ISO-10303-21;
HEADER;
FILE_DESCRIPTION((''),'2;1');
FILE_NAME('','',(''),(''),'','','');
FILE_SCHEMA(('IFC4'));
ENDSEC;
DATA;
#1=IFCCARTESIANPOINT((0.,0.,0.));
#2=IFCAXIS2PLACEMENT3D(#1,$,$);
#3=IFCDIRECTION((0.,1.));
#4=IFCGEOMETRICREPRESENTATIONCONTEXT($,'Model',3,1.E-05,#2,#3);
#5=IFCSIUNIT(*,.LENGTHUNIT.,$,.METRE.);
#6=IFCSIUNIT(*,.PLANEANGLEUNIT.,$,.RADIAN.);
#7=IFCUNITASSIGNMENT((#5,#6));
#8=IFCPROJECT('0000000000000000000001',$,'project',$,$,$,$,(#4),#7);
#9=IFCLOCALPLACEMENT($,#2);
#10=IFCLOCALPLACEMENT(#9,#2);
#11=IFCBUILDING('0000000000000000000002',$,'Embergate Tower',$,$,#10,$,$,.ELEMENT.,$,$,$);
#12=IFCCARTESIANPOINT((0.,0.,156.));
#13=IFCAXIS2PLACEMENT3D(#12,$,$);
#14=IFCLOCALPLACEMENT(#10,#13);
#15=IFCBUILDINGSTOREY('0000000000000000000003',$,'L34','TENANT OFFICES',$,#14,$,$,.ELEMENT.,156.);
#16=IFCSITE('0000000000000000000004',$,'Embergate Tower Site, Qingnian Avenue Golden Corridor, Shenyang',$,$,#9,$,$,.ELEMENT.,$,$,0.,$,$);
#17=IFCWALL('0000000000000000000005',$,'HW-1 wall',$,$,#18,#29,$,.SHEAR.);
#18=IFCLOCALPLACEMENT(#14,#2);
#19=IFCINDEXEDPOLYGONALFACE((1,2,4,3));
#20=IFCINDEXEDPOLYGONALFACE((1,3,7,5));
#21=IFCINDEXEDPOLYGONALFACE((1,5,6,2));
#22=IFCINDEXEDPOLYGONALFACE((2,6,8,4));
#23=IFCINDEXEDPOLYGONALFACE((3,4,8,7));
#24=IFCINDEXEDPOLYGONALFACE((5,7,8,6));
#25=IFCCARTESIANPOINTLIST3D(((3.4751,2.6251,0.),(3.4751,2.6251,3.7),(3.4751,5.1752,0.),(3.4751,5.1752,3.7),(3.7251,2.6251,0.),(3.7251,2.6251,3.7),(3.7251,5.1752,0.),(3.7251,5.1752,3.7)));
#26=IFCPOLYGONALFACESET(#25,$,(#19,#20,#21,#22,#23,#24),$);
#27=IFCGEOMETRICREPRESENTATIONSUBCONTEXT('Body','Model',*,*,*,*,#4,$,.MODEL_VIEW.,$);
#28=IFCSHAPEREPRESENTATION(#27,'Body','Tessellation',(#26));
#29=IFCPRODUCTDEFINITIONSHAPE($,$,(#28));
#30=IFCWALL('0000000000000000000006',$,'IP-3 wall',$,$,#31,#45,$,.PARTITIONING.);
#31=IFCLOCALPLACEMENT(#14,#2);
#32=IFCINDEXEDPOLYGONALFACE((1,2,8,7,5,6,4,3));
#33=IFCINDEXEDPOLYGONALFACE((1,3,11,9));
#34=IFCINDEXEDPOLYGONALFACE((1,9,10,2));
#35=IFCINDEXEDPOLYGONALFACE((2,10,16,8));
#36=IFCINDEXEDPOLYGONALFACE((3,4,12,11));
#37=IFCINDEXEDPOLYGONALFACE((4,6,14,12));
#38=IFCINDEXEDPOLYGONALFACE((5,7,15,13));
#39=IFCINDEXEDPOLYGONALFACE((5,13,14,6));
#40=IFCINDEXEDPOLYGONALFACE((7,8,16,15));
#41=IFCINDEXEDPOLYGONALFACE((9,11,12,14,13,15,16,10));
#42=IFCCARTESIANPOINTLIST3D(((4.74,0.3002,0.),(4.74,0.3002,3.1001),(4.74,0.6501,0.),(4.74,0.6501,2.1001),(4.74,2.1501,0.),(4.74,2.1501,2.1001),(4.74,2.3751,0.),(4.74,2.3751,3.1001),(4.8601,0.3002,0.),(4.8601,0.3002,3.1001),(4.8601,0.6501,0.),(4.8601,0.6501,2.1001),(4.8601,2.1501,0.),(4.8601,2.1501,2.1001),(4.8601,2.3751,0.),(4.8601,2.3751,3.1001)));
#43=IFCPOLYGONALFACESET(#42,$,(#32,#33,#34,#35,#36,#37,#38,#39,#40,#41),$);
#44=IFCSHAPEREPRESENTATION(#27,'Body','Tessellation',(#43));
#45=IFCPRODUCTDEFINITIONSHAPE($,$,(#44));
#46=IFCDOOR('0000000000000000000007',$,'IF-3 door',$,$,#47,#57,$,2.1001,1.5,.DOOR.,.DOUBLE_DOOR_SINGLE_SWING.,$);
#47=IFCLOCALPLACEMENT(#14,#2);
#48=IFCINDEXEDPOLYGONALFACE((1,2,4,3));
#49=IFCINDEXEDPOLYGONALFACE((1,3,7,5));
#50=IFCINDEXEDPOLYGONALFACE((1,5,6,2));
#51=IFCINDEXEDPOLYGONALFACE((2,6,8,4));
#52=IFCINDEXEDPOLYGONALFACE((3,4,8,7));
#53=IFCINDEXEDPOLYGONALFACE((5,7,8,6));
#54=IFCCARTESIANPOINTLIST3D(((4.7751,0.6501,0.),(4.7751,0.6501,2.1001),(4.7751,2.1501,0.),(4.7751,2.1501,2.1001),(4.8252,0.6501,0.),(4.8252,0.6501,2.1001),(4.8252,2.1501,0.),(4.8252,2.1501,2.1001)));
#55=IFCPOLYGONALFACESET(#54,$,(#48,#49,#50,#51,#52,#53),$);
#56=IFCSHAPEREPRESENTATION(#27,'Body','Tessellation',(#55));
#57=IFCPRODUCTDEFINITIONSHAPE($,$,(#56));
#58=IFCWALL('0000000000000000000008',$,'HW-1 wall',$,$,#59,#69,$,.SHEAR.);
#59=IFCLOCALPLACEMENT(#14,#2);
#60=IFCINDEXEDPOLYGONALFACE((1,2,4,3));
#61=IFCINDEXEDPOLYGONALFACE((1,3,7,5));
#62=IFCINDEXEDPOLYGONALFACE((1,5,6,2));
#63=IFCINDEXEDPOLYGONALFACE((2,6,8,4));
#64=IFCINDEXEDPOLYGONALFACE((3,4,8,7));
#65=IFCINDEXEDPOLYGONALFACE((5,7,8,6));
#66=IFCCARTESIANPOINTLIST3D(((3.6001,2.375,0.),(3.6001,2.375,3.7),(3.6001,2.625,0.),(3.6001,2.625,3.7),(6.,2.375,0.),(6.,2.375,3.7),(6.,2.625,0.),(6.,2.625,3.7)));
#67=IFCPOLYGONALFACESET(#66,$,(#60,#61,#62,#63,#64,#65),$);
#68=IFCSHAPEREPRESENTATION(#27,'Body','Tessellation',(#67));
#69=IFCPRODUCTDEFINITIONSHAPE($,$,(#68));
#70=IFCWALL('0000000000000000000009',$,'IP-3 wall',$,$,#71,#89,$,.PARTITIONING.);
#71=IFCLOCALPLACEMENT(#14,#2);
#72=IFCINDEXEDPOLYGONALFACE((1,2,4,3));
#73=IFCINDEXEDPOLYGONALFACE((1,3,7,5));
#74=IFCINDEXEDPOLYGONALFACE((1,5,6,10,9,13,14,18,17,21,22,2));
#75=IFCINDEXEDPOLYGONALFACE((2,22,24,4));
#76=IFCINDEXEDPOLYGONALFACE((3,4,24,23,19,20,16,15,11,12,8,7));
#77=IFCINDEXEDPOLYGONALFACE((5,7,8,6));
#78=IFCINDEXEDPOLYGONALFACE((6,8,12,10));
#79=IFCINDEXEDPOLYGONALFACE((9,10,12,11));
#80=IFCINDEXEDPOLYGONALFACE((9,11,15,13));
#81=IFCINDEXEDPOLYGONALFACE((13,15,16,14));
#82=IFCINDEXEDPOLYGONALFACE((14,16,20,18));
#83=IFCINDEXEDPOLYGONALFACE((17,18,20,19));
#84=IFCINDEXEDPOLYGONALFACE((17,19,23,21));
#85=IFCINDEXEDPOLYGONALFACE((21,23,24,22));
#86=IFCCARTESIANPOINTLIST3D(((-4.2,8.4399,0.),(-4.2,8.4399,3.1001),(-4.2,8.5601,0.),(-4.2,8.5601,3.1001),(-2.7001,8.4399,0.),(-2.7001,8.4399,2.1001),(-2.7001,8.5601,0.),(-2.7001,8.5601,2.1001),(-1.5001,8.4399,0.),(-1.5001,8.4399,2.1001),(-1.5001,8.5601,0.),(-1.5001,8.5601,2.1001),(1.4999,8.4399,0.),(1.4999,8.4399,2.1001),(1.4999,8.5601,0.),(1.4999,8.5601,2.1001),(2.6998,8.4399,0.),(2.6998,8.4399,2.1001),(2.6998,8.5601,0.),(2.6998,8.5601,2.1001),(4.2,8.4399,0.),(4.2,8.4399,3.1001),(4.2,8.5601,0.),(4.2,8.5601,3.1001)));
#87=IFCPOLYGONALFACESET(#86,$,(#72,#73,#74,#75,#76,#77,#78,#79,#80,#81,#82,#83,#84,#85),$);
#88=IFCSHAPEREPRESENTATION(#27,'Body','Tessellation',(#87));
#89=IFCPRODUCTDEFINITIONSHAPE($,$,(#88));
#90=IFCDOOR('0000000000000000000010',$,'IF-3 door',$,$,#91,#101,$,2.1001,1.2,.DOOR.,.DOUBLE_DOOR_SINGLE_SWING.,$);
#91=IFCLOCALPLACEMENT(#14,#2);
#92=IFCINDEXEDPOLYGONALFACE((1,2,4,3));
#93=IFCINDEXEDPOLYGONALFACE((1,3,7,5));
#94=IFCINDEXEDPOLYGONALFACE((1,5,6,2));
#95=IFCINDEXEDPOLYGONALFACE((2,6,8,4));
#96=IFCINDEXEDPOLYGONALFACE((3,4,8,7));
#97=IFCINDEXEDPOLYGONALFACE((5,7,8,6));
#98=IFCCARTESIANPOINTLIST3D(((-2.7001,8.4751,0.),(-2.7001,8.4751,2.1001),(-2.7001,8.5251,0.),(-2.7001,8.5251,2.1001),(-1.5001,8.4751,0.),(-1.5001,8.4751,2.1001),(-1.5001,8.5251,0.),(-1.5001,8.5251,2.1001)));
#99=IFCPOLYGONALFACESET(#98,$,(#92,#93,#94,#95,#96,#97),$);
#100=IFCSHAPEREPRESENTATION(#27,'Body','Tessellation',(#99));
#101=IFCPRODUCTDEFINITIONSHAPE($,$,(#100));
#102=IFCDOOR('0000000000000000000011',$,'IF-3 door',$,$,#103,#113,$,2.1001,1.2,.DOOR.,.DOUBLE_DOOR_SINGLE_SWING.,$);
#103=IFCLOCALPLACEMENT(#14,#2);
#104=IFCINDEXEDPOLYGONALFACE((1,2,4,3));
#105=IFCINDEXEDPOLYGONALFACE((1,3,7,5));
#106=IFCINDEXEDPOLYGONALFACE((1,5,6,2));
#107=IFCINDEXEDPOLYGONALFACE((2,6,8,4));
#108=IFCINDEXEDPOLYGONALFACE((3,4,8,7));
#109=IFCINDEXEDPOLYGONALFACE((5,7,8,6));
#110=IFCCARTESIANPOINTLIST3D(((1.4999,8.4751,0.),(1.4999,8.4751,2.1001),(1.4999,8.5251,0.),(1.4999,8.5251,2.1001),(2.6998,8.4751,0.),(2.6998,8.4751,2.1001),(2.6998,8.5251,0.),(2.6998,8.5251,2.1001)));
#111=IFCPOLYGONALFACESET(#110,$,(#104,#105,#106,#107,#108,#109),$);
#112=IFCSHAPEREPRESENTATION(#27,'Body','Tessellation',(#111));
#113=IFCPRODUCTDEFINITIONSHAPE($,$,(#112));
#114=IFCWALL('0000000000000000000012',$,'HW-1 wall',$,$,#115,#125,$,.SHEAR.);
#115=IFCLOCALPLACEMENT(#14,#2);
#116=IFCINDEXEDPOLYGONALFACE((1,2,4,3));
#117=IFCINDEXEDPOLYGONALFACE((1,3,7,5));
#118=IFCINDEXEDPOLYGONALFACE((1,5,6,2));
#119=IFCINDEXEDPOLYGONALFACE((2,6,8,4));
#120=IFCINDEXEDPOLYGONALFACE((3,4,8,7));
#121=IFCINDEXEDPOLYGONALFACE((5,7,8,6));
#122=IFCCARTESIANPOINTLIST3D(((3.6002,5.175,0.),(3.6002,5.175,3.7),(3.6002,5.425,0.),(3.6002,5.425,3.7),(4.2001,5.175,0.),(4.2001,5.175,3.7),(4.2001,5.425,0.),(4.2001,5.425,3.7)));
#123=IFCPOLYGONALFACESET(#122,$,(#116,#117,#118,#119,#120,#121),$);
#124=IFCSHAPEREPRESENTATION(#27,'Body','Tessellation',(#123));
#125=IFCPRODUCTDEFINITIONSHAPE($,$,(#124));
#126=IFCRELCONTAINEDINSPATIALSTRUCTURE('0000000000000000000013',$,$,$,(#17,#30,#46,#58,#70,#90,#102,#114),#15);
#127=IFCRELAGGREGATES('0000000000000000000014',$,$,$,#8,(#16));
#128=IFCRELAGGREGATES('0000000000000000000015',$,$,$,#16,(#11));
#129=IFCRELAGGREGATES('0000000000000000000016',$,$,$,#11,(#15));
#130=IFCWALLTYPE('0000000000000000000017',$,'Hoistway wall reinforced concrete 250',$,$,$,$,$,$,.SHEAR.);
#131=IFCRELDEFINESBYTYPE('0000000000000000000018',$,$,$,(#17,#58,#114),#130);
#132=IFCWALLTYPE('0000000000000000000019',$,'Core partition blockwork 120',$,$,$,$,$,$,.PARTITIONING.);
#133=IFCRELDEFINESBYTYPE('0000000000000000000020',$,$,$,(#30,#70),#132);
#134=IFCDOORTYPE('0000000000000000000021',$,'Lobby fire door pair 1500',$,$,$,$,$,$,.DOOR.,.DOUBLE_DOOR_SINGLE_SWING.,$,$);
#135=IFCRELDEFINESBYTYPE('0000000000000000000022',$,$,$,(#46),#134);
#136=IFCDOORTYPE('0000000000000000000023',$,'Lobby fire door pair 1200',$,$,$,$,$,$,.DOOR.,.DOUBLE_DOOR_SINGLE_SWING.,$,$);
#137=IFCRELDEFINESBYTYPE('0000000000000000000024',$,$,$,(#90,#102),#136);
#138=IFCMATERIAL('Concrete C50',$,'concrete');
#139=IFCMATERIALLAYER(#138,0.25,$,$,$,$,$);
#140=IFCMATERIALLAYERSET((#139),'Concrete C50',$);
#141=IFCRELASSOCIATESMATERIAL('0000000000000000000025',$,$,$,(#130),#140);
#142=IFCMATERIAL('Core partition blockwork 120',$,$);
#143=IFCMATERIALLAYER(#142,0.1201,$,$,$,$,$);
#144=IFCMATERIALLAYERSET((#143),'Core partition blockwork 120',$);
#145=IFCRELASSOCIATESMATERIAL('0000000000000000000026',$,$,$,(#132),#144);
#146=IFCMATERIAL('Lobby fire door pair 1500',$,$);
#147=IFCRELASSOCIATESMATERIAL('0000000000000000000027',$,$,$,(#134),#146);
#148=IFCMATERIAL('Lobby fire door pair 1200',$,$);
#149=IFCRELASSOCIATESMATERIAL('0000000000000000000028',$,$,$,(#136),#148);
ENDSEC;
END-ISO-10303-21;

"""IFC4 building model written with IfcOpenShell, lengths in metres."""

from ifc_helpers import new_model, si_unit, direction, frame, frame_2d, origin, place, context, subcontext, project, spatial, rectangle, extrude, source, transform, mapped, material, layer, layer_set, type_object, element, fill, save


model = new_model("IFC4")

# Units and contexts
model_context = context("Model", 3, precision=1e-05, world=origin(), true_north=direction((0.0, 1.0)))
body_context = subcontext(model_context, "Body", "Model", "MODEL_VIEW")
ifc_project = project(units=[si_unit("LENGTHUNIT", "METRE"), si_unit("PLANEANGLEUNIT", "RADIAN")], contexts=[model_context])

# Site, building, storey
site_placement = place(None, origin())
site = spatial("IfcSite", under=ifc_project, at=site_placement, Name="Embergate Tower Site, Qingnian Avenue Golden Corridor, Shenyang", CompositionType="ELEMENT", RefElevation=0.0)
building_placement = place(site_placement, origin())
building = spatial("IfcBuilding", under=site, at=building_placement, Name="Embergate Tower", CompositionType="ELEMENT")
storey_placement = place(building_placement, frame((0.0, 0.0, 156.0)))
storey = spatial("IfcBuildingStorey", under=building, at=storey_placement, Name="L34", Description="TENANT OFFICES", CompositionType="ELEMENT", Elevation=156.0)

# Wall
ifc_material_1 = material(Name="Concrete C50", Category="concrete")
ifc_layer_1 = layer(ifc_material_1, 0.25)
ifc_layer_set_1 = layer_set([ifc_layer_1], Name="Concrete C50")
wall_type_1 = type_object("IfcWallType", Name="Hoistway wall reinforced concrete 250", PredefinedType="SHEAR", material=ifc_layer_set_1)
shared_shape_1 = source(origin(), body_context, "Body", "SweptSolid", [
    extrude(rectangle(XDim=2.55, YDim=0.25, at=frame_2d((1.2749, 0.0))), origin(), (0.0, 0.0, 1.0), 3.7),
])
wall_1_placement = place(storey_placement, frame((3.6001, 5.175, 0.0), z_axis=(0.0, 0.0, 1.0), x_axis=(0.0, -1.0, 0.0)))
element("IfcWall", 1, at=wall_1_placement, inside=storey, type_object=wall_type_1, Name="HW-1 wall", PredefinedType="SHEAR", context=body_context, shape_type="MappedRepresentation", body=[
    mapped(shared_shape_1, transform((0.0, 0.0, 0.0))),
])

# Wall, opening, door
ifc_material_2 = material(Name="Core partition blockwork 120")
ifc_layer_2 = layer(ifc_material_2, 0.1201)
ifc_layer_set_2 = layer_set([ifc_layer_2], Name="Core partition blockwork 120")
wall_type_2 = type_object("IfcWallType", Name="Core partition blockwork 120", PredefinedType="PARTITIONING", material=ifc_layer_set_2)
shared_shape_2 = source(origin(), body_context, "Body", "SweptSolid", [
    extrude(rectangle(XDim=2.075, YDim=0.1201, at=frame_2d((1.0376, 0.0))), origin(), (0.0, 0.0, 1.0), 3.1001),
])
wall_2_placement = place(storey_placement, frame((4.8, 0.3, 0.0), z_axis=(0.0, 0.0, 1.0), x_axis=(0.0, 1.0, 0.0)))
wall_2 = element("IfcWall", 2, at=wall_2_placement, inside=storey, type_object=wall_type_2, Name="IP-3 wall", PredefinedType="PARTITIONING", context=body_context, shape_type="MappedRepresentation", body=[
    mapped(shared_shape_2, transform((0.0, 0.0, 0.0))),
])
shared_shape_3 = source(origin(), body_context, "Body", "SweptSolid", [
    extrude(rectangle(XDim=1.5, YDim=2.1001, at=frame_2d((0.75, 1.05))), frame((0.0, 0.0701, 0.0), z_axis=(0.0, -1.0, 0.0), x_axis=(1.0, 0.0, 0.0)), (0.0, 0.0, 1.0), 0.1401),
])
opening_1_placement = place(wall_2_placement, frame((0.3501, 0.0, 0.0)))
opening_1 = element("IfcOpeningElement", 3, at=opening_1_placement, cuts=wall_2, PredefinedType="OPENING", context=body_context, shape_type="MappedRepresentation", body=[
    mapped(shared_shape_3, transform((0.0, 0.0, 0.0))),
])
ifc_material_3 = material(Name="Lobby fire door pair 1500")
door_type_1 = type_object("IfcDoorType", Name="Lobby fire door pair 1500", OperationType="DOUBLE_DOOR_SINGLE_SWING", PredefinedType="DOOR", material=ifc_material_3)
shared_shape_4 = source(origin(), body_context, "Body", "SweptSolid", [
    extrude(rectangle(XDim=1.5, YDim=2.1001, at=frame_2d((0.75, 1.05))), frame((0.0, 0.0249, 0.0), z_axis=(0.0, -1.0, 0.0), x_axis=(1.0, 0.0, 0.0)), (0.0, 0.0, 1.0), 0.05),
])
door_1_placement = place(opening_1_placement, origin())
door_1 = element("IfcDoor", 4, at=door_1_placement, inside=storey, type_object=door_type_1, Name="IF-3 door", OperationType="DOUBLE_DOOR_SINGLE_SWING", OverallHeight=2.1001, OverallWidth=1.5, PredefinedType="DOOR", context=body_context, shape_type="MappedRepresentation", body=[
    mapped(shared_shape_4, transform((0.0, 0.0, 0.0))),
])
fill(opening_1, door_1)

# Wall
shared_shape_5 = source(origin(), body_context, "Body", "SweptSolid", [
    extrude(rectangle(XDim=2.3999, YDim=0.25, at=frame_2d((1.2, 0.0))), origin(), (0.0, 0.0, 1.0), 3.7),
])
wall_3_placement = place(storey_placement, frame((3.6001, 2.5, 0.0), z_axis=(0.0, 0.0, 1.0), x_axis=(1.0, 0.0, 0.0)))
element("IfcWall", 5, at=wall_3_placement, inside=storey, type_object=wall_type_1, Name="HW-1 wall", PredefinedType="SHEAR", context=body_context, shape_type="MappedRepresentation", body=[
    mapped(shared_shape_5, transform((0.0, 0.0, 0.0))),
])

# Wall, openings, doors
shared_shape_6 = source(origin(), body_context, "Body", "SweptSolid", [
    extrude(rectangle(XDim=8.3999, YDim=0.1201, at=frame_2d((4.2, 0.0))), origin(), (0.0, 0.0, 1.0), 3.1001),
])
wall_4_placement = place(storey_placement, frame((4.2, 8.5, 0.0), z_axis=(0.0, 0.0, 1.0), x_axis=(-1.0, 0.0, 0.0)))
wall_4 = element("IfcWall", 6, at=wall_4_placement, inside=storey, type_object=wall_type_2, Name="IP-3 wall", PredefinedType="PARTITIONING", context=body_context, shape_type="MappedRepresentation", body=[
    mapped(shared_shape_6, transform((0.0, 0.0, 0.0))),
])
shared_shape_7 = source(origin(), body_context, "Body", "SweptSolid", [
    extrude(rectangle(XDim=1.2, YDim=2.1001, at=frame_2d((0.6001, 1.05))), frame((0.0, 0.0701, 0.0), z_axis=(0.0, -1.0, 0.0), x_axis=(1.0, 0.0, 0.0)), (0.0, 0.0, 1.0), 0.1401),
])
opening_2_placement = place(wall_4_placement, frame((5.7, 0.0, 0.0)))
opening_2 = element("IfcOpeningElement", 7, at=opening_2_placement, cuts=wall_4, PredefinedType="OPENING", context=body_context, shape_type="MappedRepresentation", body=[
    mapped(shared_shape_7, transform((0.0, 0.0, 0.0))),
])
opening_3_placement = place(wall_4_placement, frame((1.5, 0.0, 0.0)))
opening_3 = element("IfcOpeningElement", 8, at=opening_3_placement, cuts=wall_4, PredefinedType="OPENING", context=body_context, shape_type="MappedRepresentation", body=[
    mapped(shared_shape_7, transform((0.0, 0.0, 0.0))),
])
ifc_material_4 = material(Name="Lobby fire door pair 1200")
door_type_2 = type_object("IfcDoorType", Name="Lobby fire door pair 1200", OperationType="DOUBLE_DOOR_SINGLE_SWING", PredefinedType="DOOR", material=ifc_material_4)
shared_shape_8 = source(origin(), body_context, "Body", "SweptSolid", [
    extrude(rectangle(XDim=1.2, YDim=2.1001, at=frame_2d((0.6001, 1.05))), frame((0.0, 0.0249, 0.0), z_axis=(0.0, -1.0, 0.0), x_axis=(1.0, 0.0, 0.0)), (0.0, 0.0, 1.0), 0.05),
])
door_2_placement = place(opening_2_placement, origin())
door_2 = element("IfcDoor", 9, at=door_2_placement, inside=storey, type_object=door_type_2, Name="IF-3 door", OperationType="DOUBLE_DOOR_SINGLE_SWING", OverallHeight=2.1001, OverallWidth=1.2, PredefinedType="DOOR", context=body_context, shape_type="MappedRepresentation", body=[
    mapped(shared_shape_8, transform((0.0, 0.0, 0.0))),
])
fill(opening_2, door_2)
door_3_placement = place(opening_3_placement, origin())
door_3 = element("IfcDoor", 10, at=door_3_placement, inside=storey, type_object=door_type_2, Name="IF-3 door", OperationType="DOUBLE_DOOR_SINGLE_SWING", OverallHeight=2.1001, OverallWidth=1.2, PredefinedType="DOOR", context=body_context, shape_type="MappedRepresentation", body=[
    mapped(shared_shape_8, transform((0.0, 0.0, 0.0))),
])
fill(opening_3, door_3)

# Wall
shared_shape_9 = source(origin(), body_context, "Body", "SweptSolid", [
    extrude(rectangle(XDim=0.5999, YDim=0.25, at=frame_2d((0.2998, 0.0))), origin(), (0.0, 0.0, 1.0), 3.7),
])
wall_5_placement = place(storey_placement, frame((4.2, 5.3, 0.0), z_axis=(0.0, 0.0, 1.0), x_axis=(-1.0, 0.0, 0.0)))
element("IfcWall", 11, at=wall_5_placement, inside=storey, type_object=wall_type_1, Name="HW-1 wall", PredefinedType="SHEAR", context=body_context, shape_type="MappedRepresentation", body=[
    mapped(shared_shape_9, transform((0.0, 0.0, 0.0))),
])

save(model, "model.ifc")
